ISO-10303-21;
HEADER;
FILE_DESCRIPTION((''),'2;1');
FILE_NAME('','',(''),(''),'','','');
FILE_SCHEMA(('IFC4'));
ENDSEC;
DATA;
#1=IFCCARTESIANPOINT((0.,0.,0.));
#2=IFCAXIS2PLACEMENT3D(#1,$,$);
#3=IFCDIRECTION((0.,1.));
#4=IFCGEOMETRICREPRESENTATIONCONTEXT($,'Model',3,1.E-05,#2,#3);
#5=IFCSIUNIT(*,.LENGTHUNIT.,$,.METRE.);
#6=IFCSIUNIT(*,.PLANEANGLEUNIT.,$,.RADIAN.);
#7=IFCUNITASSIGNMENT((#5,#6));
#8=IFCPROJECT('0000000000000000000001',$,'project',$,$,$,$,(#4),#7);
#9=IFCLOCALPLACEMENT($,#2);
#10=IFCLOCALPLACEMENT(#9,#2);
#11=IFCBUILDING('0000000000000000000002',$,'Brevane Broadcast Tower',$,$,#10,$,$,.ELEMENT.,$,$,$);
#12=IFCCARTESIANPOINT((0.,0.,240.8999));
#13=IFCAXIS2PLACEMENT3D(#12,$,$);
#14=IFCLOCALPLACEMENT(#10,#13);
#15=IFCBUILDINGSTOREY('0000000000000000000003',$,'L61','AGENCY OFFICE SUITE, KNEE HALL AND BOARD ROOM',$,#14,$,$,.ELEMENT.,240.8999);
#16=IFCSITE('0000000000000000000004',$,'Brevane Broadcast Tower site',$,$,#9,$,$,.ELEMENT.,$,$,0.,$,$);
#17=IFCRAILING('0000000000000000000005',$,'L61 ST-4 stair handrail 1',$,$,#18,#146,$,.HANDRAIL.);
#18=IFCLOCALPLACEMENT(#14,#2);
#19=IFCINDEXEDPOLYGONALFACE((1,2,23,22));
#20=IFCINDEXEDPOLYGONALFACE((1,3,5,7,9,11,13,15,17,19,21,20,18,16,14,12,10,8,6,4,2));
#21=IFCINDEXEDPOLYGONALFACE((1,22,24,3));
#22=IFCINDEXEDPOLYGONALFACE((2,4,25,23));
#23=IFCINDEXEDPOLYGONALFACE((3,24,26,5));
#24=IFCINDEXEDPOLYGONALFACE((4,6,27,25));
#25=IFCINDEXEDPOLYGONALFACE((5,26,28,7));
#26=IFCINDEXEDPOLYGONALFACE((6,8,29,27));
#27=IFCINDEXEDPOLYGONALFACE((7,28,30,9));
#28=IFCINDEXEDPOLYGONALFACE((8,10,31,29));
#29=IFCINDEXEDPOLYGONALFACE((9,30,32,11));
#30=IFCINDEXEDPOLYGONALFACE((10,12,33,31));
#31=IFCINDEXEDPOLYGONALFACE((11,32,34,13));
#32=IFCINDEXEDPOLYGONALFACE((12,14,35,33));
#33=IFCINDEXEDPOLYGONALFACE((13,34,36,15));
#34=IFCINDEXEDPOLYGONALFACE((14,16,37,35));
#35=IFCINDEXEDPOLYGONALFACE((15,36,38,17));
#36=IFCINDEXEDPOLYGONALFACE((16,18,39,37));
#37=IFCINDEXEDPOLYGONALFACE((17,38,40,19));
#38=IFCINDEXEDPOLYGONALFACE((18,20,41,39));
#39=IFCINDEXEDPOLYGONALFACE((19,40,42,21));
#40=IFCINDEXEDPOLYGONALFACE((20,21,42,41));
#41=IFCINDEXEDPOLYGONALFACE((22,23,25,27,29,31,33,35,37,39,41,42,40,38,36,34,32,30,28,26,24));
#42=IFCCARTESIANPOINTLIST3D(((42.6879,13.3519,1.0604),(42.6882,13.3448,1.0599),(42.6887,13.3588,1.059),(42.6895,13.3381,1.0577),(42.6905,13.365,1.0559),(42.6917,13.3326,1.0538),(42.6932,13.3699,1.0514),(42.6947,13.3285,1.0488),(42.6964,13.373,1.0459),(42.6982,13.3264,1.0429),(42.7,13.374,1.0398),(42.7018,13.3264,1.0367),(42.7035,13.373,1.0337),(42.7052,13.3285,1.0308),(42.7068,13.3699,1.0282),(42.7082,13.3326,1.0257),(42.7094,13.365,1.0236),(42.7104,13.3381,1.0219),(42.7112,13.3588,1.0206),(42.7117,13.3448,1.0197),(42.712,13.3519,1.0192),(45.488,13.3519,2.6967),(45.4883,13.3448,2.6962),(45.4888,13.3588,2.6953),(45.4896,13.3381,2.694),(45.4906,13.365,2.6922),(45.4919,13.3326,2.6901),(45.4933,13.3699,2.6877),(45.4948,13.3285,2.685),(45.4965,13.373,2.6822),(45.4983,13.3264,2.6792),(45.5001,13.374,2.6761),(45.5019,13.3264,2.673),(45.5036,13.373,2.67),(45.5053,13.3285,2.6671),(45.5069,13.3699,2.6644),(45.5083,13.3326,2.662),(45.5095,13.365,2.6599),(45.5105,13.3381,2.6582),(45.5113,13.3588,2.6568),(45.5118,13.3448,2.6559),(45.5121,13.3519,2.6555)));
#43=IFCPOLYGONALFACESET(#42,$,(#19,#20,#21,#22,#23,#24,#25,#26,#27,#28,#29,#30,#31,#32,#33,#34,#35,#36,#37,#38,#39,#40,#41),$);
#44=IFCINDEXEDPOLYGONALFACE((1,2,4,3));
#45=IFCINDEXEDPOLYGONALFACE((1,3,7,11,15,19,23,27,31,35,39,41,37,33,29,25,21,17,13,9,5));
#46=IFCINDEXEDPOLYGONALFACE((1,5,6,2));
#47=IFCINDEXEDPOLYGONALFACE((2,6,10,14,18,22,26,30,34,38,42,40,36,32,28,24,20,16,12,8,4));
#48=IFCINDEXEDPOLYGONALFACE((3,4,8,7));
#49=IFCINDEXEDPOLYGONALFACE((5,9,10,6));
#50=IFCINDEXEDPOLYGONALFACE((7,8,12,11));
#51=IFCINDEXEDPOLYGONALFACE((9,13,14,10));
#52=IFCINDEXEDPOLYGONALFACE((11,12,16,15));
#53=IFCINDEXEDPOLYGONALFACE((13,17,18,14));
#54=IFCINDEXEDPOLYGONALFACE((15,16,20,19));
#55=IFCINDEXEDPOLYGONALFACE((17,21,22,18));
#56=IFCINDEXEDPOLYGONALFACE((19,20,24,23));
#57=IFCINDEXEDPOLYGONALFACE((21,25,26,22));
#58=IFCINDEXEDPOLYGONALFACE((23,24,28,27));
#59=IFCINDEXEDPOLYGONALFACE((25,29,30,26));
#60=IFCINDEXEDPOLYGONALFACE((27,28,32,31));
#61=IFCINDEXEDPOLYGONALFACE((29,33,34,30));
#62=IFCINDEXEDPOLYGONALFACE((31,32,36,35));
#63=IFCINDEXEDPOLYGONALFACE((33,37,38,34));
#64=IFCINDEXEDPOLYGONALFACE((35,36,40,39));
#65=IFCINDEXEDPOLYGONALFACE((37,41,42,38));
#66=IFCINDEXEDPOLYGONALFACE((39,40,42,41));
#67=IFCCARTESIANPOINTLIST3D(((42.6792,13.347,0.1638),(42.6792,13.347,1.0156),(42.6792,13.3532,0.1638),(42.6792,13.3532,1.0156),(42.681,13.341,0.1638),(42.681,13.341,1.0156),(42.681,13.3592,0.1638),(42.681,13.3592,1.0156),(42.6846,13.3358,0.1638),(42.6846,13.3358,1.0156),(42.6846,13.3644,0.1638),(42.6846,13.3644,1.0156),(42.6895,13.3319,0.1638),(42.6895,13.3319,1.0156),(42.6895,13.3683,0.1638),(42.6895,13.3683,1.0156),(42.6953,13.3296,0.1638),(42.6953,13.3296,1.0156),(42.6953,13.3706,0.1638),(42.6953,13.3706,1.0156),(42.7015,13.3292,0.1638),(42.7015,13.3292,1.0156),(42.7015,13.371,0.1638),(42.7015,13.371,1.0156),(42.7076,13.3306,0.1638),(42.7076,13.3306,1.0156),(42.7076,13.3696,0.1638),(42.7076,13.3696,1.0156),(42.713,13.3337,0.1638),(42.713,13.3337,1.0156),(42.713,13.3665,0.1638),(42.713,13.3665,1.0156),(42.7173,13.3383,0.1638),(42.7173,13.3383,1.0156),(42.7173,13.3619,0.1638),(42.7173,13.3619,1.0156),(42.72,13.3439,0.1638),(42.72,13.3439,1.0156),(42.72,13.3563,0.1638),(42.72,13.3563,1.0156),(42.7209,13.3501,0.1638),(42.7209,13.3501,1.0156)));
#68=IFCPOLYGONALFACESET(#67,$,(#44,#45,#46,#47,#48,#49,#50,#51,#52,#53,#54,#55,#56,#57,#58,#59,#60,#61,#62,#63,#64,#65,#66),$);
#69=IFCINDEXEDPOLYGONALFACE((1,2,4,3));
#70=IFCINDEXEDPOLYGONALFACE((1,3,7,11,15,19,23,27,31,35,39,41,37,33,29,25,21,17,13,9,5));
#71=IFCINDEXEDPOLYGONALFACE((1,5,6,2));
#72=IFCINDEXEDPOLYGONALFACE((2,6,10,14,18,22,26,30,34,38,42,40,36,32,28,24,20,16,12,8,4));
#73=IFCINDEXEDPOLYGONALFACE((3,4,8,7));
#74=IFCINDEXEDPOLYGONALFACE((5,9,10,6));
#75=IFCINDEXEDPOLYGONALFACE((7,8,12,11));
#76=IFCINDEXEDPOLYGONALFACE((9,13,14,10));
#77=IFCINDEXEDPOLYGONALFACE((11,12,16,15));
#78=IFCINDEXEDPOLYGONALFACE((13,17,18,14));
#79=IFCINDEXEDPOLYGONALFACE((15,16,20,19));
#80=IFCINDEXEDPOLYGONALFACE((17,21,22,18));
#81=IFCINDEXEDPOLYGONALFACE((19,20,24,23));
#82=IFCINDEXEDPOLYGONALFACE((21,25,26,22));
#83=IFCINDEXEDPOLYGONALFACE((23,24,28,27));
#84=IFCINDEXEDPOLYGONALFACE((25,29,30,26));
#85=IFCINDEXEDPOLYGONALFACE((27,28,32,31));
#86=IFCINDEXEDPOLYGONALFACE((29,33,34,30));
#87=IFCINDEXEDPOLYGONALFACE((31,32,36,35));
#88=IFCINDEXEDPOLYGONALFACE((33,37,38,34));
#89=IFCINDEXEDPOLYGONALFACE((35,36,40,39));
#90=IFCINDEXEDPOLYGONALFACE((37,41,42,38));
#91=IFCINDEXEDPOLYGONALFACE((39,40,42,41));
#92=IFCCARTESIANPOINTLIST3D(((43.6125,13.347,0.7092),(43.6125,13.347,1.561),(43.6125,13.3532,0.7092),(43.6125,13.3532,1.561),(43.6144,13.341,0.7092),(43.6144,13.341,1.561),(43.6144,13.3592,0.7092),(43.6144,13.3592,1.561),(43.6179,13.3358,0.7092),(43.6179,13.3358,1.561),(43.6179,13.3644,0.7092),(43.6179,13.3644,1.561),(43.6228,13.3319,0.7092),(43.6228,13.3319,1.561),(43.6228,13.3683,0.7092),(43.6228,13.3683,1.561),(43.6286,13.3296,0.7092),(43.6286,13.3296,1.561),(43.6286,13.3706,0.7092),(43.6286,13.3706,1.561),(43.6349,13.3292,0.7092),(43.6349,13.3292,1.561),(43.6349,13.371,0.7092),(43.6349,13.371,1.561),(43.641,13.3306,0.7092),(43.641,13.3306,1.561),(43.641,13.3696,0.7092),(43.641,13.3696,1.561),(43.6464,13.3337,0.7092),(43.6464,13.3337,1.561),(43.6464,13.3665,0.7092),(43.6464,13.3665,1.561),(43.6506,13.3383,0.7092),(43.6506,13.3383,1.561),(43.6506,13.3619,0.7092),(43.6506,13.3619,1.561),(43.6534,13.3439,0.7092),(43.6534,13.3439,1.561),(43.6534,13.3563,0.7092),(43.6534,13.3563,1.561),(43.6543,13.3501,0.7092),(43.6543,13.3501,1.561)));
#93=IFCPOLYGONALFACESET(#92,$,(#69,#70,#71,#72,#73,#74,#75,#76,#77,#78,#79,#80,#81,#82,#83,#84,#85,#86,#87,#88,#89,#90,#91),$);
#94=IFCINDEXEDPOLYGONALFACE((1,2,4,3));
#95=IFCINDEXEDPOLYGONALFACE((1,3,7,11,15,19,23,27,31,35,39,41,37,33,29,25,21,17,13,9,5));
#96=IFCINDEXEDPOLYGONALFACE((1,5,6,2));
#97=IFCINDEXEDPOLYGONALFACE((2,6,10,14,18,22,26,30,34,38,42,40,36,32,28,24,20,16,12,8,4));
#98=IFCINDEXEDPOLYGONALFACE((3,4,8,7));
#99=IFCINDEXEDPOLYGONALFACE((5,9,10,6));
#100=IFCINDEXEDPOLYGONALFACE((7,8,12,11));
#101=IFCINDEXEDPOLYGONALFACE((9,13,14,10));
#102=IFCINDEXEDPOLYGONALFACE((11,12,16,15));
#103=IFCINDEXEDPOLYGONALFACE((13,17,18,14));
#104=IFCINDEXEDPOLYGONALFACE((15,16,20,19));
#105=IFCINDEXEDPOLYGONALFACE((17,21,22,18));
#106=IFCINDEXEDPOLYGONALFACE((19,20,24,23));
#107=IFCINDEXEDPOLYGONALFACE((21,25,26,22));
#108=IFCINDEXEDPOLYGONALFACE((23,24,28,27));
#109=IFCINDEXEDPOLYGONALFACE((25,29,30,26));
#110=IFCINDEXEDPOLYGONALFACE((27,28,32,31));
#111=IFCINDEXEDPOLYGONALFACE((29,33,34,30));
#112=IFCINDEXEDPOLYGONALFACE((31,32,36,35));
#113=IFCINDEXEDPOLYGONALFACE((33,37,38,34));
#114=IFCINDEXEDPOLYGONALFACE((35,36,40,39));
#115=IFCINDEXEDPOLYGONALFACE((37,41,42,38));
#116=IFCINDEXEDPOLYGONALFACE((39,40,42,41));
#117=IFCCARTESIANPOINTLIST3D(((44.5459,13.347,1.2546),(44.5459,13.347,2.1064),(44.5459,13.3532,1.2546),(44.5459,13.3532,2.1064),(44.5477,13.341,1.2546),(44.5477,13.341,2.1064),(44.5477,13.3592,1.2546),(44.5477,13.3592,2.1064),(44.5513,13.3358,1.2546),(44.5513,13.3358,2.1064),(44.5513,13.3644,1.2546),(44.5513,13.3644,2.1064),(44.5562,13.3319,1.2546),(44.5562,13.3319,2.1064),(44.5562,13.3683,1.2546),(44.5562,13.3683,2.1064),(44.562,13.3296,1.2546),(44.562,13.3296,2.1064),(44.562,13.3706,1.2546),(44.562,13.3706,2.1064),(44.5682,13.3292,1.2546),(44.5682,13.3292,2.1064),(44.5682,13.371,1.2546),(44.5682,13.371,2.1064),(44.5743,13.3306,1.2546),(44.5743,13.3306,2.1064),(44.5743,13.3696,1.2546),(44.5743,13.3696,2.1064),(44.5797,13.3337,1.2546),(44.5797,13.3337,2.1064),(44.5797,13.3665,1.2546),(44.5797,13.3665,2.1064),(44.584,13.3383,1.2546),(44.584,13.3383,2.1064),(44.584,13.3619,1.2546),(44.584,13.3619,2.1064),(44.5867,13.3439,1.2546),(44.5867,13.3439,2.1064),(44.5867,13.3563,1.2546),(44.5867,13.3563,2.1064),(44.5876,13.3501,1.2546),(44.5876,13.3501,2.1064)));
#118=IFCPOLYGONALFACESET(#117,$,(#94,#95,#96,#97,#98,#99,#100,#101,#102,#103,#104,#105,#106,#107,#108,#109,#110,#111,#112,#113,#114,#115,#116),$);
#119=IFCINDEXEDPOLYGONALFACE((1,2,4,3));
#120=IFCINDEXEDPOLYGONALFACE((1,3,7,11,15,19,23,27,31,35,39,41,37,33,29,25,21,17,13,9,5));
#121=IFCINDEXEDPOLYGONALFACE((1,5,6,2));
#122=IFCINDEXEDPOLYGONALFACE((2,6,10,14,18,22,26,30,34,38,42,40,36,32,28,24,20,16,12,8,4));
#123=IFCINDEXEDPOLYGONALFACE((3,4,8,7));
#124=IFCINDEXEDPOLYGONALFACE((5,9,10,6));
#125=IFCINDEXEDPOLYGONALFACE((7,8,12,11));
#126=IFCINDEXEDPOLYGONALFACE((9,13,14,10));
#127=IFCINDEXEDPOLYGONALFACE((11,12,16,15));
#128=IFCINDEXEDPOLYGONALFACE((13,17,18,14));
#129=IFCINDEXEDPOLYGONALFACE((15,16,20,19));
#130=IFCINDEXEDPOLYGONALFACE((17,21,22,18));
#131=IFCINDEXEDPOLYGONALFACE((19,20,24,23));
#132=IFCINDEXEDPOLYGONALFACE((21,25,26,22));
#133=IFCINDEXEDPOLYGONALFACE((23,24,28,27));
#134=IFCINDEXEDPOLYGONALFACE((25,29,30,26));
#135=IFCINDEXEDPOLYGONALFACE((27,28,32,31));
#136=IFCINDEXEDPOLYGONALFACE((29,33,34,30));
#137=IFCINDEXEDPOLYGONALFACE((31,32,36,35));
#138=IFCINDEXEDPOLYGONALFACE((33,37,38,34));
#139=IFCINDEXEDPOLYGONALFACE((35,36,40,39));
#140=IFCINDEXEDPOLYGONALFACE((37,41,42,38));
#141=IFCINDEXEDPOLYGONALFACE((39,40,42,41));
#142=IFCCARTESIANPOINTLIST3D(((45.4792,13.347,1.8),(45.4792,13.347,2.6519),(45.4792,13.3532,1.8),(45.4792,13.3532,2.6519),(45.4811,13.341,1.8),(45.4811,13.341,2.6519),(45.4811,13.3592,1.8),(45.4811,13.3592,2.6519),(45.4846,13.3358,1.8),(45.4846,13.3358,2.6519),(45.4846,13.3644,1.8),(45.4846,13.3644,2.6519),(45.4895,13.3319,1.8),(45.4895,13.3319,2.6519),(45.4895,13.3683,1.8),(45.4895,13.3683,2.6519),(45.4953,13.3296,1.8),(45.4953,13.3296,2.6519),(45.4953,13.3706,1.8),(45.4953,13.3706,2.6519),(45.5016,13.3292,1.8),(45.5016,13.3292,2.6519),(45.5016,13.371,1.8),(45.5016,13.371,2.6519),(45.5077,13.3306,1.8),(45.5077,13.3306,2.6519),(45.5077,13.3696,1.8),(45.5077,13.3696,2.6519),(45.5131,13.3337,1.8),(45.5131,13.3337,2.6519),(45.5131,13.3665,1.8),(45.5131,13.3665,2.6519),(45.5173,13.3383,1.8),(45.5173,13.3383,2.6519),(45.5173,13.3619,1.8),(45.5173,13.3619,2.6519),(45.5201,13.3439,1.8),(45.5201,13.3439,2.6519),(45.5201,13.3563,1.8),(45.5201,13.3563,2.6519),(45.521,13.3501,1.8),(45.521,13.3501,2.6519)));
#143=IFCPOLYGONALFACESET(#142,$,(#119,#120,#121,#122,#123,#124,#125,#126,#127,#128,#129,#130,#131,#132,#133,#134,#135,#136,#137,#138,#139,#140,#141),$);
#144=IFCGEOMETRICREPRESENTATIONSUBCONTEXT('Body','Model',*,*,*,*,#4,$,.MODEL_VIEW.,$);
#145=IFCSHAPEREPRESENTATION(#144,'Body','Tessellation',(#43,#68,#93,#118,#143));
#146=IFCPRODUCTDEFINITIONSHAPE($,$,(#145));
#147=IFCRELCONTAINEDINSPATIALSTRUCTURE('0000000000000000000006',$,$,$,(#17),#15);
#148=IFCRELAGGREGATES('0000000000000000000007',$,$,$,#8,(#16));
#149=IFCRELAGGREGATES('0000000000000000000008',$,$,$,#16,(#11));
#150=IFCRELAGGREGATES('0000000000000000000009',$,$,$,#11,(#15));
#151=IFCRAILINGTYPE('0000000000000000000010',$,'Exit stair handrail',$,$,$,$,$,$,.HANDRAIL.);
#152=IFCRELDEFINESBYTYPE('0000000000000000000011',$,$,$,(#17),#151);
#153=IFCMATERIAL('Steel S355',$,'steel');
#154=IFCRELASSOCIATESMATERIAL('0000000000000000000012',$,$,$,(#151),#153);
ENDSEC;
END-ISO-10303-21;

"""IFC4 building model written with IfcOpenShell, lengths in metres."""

from ifc_helpers import new_model, si_unit, direction, frame, origin, origin_2d, place, context, subcontext, project, spatial, circle, extrude, material, type_object, element, save


model = new_model("IFC4")

# Units and contexts
model_context = context("Model", 3, precision=1e-05, world=origin(), true_north=direction((0.0, 1.0)))
body_context = subcontext(model_context, "Body", "Model", "MODEL_VIEW")
ifc_project = project(units=[si_unit("LENGTHUNIT", "METRE"), si_unit("PLANEANGLEUNIT", "RADIAN")], contexts=[model_context])

# Site, building, storey
site_placement = place(None, origin())
site = spatial("IfcSite", under=ifc_project, at=site_placement, Name="Brevane Broadcast Tower site", CompositionType="ELEMENT", RefElevation=0.0)
building_placement = place(site_placement, origin())
building = spatial("IfcBuilding", under=site, at=building_placement, Name="Brevane Broadcast Tower", CompositionType="ELEMENT")
storey_placement = place(building_placement, frame((0.0, 0.0, 240.8999)))
storey = spatial("IfcBuildingStorey", under=building, at=storey_placement, Name="L61", Description="AGENCY OFFICE SUITE, KNEE HALL AND BOARD ROOM", CompositionType="ELEMENT", Elevation=240.8999)

# Railing
ifc_material_1 = material(Name="Steel S355", Category="steel")
railing_type_1 = type_object("IfcRailingType", Name="Exit stair handrail", PredefinedType="HANDRAIL", material=ifc_material_1)
railing_1_placement = place(storey_placement, frame((42.7, 13.3501, 0.1638)))
element("IfcRailing", 1, at=railing_1_placement, inside=storey, type_object=railing_type_1, Name="L61 ST-4 stair handrail 1", PredefinedType="HANDRAIL", context=body_context, shape_type="SweptSolid", body=[
    extrude(circle(Radius=0.0239, at=origin_2d()), frame((0.0, 0.0, 0.876), z_axis=(0.863394, 0.0, 0.504531), x_axis=(0.0, 1.0, 0.0)), (0.0, 0.0, 1.0), 3.2432),
    extrude(circle(Radius=0.021, at=origin_2d()), origin(), (0.0, 0.0, 1.0), 0.8518),
    extrude(circle(Radius=0.021, at=origin_2d()), frame((0.9333, 0.0, 0.5454)), (0.0, 0.0, 1.0), 0.8518),
    extrude(circle(Radius=0.021, at=origin_2d()), frame((1.8667, 0.0, 1.0908)), (0.0, 0.0, 1.0), 0.8518),
    extrude(circle(Radius=0.021, at=origin_2d()), frame((2.8, 0.0, 1.6362)), (0.0, 0.0, 1.0), 0.8518),
])

save(model, "model.ifc")
